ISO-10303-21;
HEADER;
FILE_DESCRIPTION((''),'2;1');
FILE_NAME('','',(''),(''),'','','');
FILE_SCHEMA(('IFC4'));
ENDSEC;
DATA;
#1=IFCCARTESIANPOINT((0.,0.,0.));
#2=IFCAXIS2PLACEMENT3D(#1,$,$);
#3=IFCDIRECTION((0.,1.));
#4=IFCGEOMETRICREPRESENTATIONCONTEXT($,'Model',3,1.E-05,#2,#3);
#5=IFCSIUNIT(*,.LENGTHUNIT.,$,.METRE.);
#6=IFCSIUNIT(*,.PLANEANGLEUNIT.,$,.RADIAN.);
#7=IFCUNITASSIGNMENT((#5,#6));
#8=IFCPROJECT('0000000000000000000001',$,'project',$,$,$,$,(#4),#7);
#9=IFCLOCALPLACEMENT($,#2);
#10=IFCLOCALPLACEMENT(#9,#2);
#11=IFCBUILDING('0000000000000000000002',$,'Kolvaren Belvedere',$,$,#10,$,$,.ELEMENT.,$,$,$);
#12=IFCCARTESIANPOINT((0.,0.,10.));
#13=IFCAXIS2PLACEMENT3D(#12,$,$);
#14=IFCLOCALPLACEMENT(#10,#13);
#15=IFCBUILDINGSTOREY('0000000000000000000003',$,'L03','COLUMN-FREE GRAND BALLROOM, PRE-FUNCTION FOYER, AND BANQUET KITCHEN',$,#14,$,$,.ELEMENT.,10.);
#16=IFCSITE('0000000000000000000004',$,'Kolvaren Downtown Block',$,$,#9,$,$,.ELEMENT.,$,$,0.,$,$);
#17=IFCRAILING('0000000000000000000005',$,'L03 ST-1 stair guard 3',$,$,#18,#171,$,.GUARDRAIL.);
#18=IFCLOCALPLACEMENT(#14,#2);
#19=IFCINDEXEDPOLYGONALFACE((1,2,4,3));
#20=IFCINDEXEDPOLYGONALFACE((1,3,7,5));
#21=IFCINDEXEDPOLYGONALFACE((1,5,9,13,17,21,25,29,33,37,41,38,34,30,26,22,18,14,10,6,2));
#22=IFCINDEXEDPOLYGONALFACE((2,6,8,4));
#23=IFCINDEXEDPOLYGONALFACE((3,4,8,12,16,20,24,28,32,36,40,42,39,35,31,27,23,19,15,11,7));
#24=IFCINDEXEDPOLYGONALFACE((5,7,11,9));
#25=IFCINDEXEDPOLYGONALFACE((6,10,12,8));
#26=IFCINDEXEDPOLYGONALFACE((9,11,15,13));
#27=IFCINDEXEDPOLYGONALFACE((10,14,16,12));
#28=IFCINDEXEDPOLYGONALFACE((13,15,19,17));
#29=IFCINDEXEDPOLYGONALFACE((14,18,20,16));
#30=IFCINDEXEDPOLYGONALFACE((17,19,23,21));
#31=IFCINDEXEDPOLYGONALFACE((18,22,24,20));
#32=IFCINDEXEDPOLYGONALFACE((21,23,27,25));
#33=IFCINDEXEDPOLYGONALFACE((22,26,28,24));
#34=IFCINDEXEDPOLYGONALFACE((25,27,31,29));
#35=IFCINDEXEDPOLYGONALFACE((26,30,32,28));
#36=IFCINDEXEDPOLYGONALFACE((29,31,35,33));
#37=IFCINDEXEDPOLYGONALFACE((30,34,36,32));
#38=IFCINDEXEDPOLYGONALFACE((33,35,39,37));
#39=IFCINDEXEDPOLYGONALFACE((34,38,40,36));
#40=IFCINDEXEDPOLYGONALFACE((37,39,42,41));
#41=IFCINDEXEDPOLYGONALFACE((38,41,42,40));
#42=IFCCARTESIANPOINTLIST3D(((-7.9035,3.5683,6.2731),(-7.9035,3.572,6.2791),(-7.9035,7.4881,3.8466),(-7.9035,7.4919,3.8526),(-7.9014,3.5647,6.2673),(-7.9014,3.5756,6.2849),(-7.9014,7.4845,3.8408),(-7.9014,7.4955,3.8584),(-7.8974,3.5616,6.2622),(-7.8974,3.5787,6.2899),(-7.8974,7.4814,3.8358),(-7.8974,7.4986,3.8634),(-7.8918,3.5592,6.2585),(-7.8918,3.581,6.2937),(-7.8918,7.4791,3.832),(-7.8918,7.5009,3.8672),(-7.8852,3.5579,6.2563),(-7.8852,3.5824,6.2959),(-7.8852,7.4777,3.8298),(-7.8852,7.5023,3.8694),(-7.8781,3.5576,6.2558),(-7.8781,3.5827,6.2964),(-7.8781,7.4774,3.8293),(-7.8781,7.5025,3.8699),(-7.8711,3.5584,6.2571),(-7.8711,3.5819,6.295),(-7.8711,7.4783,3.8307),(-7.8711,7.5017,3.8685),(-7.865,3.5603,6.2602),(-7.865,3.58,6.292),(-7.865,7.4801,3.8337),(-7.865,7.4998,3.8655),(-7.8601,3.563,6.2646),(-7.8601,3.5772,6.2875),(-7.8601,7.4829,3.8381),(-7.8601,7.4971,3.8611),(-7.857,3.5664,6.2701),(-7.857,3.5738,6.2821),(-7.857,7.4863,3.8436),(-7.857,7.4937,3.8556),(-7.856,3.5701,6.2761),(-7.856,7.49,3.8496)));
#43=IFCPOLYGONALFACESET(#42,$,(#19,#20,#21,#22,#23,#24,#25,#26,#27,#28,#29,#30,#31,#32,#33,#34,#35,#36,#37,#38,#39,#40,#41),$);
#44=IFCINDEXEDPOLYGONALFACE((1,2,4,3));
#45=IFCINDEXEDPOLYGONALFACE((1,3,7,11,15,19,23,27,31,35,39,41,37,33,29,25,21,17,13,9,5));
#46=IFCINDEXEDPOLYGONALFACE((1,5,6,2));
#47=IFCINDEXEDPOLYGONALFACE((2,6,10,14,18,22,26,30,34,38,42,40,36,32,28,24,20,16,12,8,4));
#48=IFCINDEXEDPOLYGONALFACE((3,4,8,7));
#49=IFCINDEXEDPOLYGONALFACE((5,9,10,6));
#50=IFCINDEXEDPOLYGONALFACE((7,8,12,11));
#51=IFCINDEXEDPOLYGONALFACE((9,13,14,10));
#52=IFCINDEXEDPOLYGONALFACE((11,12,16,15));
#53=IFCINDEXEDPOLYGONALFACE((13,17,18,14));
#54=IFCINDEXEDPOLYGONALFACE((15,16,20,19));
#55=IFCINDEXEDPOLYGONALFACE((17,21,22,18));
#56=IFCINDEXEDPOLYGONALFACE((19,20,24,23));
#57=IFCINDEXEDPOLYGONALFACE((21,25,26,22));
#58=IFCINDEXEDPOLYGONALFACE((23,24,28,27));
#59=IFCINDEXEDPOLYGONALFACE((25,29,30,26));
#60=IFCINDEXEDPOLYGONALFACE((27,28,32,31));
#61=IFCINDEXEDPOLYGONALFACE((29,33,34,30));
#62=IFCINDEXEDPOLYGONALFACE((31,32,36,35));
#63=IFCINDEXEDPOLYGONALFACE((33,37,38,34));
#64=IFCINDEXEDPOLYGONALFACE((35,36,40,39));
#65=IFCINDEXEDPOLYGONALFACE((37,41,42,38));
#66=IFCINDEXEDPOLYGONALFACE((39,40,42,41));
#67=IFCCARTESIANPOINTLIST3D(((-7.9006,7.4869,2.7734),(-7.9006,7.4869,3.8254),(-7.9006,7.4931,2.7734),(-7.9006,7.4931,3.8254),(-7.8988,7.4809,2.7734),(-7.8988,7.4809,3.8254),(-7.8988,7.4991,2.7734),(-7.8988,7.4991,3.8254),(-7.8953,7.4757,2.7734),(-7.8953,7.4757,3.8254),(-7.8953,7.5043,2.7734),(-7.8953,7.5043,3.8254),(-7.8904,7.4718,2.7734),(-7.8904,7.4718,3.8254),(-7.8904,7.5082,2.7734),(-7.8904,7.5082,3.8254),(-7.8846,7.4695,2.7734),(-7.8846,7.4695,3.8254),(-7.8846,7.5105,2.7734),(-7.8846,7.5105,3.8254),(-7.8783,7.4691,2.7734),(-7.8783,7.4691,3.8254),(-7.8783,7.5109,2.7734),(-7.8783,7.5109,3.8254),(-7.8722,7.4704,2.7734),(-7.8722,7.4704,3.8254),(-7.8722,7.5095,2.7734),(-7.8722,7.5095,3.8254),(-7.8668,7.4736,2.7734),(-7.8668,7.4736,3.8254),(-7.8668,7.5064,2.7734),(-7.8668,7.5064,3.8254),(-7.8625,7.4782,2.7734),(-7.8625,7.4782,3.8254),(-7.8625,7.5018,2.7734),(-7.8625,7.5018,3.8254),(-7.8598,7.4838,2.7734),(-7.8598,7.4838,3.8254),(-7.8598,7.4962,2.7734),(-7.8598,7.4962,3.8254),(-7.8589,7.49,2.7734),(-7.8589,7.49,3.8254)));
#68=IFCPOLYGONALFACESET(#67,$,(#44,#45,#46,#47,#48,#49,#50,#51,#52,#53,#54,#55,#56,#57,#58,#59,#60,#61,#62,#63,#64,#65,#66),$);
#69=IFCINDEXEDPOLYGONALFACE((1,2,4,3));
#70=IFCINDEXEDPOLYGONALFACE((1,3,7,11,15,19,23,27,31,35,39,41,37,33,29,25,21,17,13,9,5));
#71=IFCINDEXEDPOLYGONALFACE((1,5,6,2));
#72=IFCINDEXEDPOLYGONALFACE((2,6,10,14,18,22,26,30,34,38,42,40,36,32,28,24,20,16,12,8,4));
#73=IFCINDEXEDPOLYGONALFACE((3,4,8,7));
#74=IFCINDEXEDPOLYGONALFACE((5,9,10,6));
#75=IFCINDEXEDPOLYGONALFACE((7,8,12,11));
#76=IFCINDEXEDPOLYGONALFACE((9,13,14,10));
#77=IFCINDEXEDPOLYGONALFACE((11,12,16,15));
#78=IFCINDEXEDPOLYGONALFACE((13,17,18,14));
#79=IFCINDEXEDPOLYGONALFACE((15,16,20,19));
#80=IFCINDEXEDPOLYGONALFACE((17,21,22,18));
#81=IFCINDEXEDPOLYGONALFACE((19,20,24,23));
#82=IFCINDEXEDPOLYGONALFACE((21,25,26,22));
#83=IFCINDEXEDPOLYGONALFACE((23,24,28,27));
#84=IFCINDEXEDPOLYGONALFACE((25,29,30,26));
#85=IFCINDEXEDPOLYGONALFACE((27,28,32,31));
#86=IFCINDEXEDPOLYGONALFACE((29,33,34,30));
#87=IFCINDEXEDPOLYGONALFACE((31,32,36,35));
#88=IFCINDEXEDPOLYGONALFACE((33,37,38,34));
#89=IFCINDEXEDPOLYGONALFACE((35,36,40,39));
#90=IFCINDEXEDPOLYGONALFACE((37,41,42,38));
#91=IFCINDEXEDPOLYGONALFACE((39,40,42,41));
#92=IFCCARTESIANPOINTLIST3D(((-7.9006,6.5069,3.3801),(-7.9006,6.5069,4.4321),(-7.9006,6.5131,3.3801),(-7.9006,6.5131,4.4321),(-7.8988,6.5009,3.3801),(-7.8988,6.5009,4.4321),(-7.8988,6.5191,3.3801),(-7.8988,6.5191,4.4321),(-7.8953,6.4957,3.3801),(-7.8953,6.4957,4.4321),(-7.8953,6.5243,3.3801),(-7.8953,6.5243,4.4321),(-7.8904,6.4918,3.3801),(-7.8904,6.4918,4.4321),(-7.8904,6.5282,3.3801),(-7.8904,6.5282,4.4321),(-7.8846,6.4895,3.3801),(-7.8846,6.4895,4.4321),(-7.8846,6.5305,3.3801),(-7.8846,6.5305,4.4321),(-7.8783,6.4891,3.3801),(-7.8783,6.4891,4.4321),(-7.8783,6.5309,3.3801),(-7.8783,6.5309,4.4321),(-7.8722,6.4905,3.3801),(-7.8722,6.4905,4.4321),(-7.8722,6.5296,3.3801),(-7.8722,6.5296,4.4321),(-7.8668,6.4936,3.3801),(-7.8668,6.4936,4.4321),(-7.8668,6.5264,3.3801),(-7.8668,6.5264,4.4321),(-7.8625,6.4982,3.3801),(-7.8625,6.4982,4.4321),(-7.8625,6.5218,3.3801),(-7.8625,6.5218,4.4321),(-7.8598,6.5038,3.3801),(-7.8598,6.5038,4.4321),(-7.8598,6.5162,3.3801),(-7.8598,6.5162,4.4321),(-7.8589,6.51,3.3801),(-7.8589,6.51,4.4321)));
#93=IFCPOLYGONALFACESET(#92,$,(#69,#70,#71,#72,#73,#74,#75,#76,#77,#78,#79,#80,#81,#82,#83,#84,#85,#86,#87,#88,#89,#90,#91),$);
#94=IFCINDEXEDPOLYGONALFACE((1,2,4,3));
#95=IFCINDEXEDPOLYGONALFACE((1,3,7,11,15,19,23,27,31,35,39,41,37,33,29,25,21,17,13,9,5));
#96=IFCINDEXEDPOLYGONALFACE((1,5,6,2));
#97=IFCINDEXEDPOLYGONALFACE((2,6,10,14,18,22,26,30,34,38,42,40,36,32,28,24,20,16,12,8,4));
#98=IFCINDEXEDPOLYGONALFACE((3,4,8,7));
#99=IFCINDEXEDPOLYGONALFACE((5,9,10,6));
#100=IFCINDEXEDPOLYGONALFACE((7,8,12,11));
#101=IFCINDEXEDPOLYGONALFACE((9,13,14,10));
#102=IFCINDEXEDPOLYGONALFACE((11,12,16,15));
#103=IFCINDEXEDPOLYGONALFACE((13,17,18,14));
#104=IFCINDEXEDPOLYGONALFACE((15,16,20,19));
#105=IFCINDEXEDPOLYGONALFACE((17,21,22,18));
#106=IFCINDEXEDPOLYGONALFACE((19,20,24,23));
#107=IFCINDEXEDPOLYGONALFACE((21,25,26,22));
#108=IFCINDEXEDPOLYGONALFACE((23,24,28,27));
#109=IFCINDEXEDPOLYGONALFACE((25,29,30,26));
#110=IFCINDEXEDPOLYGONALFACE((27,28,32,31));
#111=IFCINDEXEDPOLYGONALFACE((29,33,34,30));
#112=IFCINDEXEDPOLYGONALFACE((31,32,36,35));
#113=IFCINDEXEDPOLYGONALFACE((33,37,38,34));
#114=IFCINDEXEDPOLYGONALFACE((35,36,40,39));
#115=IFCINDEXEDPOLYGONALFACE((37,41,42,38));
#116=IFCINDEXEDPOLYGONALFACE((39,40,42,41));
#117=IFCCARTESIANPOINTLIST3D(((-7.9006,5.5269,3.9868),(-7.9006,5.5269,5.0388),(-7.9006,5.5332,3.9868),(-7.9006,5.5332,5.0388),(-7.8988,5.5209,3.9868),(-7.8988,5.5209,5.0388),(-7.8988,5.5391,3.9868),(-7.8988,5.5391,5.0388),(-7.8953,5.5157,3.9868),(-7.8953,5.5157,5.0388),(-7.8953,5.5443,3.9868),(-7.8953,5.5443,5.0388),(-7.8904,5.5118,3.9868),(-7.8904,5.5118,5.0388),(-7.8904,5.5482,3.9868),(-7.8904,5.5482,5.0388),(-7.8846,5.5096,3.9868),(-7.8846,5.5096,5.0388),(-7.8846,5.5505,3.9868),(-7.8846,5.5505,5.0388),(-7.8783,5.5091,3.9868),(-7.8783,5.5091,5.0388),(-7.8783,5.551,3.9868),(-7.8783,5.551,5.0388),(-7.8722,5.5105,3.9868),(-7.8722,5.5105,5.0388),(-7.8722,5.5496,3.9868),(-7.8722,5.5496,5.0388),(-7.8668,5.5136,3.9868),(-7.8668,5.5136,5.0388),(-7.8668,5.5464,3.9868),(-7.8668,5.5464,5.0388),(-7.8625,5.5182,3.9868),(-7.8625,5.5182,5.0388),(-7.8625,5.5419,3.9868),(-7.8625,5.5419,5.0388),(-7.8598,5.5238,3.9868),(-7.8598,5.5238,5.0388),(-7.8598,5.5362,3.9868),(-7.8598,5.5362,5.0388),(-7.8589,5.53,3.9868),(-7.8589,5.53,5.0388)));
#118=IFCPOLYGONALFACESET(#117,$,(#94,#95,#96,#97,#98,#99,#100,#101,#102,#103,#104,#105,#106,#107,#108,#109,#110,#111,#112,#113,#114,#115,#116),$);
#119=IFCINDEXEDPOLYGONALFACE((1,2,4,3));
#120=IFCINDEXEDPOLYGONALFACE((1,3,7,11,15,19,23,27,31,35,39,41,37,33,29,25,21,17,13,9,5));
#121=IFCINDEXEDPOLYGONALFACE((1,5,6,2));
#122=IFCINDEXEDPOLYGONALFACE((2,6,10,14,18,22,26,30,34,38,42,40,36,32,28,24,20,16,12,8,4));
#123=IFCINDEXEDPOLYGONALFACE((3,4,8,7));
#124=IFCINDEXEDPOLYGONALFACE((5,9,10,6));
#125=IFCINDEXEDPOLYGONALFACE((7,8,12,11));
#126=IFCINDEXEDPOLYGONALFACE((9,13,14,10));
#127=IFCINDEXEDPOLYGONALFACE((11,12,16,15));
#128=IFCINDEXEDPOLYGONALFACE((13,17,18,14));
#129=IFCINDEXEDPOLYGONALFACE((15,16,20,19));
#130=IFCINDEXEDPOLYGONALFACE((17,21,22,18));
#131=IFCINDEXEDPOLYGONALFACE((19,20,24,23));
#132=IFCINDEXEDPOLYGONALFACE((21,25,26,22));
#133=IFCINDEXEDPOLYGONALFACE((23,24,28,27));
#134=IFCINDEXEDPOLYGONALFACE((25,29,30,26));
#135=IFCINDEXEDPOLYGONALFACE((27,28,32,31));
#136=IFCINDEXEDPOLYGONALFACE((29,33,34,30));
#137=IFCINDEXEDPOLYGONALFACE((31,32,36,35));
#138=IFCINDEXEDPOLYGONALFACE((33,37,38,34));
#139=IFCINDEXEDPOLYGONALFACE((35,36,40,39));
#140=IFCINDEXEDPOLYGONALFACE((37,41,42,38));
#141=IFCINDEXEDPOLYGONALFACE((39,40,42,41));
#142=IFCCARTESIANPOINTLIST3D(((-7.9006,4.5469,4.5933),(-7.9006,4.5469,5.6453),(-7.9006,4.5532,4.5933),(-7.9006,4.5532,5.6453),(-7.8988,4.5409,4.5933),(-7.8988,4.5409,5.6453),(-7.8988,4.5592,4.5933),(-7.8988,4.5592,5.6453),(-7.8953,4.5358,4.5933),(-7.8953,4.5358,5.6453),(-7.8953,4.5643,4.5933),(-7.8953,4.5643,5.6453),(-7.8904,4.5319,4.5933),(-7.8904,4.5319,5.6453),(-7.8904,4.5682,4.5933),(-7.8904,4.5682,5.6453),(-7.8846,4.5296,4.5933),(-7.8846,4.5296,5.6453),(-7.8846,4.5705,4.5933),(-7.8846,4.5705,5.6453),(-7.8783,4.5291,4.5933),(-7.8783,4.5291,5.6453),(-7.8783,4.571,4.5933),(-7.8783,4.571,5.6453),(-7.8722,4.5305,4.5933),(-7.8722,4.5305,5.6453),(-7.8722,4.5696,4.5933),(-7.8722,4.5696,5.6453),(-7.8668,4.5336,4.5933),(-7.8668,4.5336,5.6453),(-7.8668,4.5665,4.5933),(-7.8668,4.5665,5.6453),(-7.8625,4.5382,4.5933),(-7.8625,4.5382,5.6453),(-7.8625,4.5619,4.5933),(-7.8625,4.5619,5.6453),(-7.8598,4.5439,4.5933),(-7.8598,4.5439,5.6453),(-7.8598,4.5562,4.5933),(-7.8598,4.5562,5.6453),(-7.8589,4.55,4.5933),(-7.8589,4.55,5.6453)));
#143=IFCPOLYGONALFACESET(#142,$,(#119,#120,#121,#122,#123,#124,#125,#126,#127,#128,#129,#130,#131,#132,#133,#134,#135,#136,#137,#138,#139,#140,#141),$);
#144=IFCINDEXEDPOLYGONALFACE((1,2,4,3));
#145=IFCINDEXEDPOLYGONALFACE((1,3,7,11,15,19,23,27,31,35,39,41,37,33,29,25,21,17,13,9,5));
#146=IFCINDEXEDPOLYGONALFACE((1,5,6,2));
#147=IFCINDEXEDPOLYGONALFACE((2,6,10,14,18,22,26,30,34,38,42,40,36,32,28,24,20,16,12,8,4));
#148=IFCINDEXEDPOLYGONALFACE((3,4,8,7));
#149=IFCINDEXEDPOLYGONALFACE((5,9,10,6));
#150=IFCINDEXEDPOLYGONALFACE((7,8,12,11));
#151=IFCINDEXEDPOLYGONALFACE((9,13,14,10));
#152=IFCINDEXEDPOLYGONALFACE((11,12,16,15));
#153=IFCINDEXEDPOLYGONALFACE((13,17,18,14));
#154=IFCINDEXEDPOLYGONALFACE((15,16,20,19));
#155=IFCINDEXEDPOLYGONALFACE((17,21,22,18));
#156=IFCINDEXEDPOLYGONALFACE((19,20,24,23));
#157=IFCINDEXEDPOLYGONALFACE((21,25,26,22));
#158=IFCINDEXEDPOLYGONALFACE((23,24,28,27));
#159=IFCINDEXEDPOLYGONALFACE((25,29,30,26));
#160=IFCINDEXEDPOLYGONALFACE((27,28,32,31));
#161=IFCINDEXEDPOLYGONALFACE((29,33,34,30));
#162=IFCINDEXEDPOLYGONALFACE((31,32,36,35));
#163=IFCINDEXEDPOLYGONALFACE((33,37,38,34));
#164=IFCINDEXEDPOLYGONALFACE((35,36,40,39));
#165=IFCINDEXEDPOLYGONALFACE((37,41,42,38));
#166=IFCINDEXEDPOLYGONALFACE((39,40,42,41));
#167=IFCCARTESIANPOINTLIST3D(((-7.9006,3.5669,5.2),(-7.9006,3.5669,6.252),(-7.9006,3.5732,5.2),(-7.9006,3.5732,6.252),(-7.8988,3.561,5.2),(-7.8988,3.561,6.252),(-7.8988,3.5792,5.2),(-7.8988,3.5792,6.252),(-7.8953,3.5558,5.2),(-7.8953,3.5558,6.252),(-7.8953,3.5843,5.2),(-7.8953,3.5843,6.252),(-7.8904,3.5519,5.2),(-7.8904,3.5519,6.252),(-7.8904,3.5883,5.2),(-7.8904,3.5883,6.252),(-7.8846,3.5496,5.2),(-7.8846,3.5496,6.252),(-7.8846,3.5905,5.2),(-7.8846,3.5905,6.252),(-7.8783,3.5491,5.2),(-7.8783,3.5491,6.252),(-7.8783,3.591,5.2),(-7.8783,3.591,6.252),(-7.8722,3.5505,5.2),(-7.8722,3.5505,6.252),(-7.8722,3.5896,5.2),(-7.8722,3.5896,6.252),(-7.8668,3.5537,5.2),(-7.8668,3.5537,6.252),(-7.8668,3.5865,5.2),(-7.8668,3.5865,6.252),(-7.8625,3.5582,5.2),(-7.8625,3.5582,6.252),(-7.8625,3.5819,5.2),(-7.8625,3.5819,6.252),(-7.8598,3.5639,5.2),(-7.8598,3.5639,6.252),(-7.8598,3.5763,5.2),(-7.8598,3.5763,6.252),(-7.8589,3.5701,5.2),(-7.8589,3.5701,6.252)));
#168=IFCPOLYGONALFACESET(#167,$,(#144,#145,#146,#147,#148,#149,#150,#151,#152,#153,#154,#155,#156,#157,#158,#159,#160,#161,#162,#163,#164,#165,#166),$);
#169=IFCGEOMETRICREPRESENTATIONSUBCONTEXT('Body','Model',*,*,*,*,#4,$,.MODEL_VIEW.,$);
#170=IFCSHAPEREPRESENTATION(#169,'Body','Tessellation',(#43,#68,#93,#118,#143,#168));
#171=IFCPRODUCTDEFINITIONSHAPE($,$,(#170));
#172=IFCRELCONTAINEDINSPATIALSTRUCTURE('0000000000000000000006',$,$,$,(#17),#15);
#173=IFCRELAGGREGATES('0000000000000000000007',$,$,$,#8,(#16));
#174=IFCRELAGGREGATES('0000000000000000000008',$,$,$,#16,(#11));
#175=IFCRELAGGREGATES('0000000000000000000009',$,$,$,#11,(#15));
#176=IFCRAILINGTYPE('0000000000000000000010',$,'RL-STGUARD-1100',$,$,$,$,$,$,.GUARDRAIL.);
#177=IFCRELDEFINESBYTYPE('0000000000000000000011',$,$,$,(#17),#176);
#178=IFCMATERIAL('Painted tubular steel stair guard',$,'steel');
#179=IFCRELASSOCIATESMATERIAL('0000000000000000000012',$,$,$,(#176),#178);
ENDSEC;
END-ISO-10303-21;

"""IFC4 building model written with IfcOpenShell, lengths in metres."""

from ifc_helpers import new_model, si_unit, direction, frame, origin, origin_2d, place, context, subcontext, project, spatial, circle, extrude, material, type_object, element, save


model = new_model("IFC4")

# Units and contexts
model_context = context("Model", 3, precision=1e-05, world=origin(), true_north=direction((0.0, 1.0)))
body_context = subcontext(model_context, "Body", "Model", "MODEL_VIEW")
ifc_project = project(units=[si_unit("LENGTHUNIT", "METRE"), si_unit("PLANEANGLEUNIT", "RADIAN")], contexts=[model_context])

# Site, building, storey
site_placement = place(None, origin())
site = spatial("IfcSite", under=ifc_project, at=site_placement, Name="Kolvaren Downtown Block", CompositionType="ELEMENT", RefElevation=0.0)
building_placement = place(site_placement, origin())
building = spatial("IfcBuilding", under=site, at=building_placement, Name="Kolvaren Belvedere", CompositionType="ELEMENT")
storey_placement = place(building_placement, frame((0.0, 0.0, 10.0)))
storey = spatial("IfcBuildingStorey", under=building, at=storey_placement, Name="L03", Description="COLUMN-FREE GRAND BALLROOM, PRE-FUNCTION FOYER, AND BANQUET KITCHEN", CompositionType="ELEMENT", Elevation=10.0)

# Railing
ifc_material_1 = material(Name="Painted tubular steel stair guard", Category="steel")
railing_type_1 = type_object("IfcRailingType", Name="RL-STGUARD-1100", PredefinedType="GUARDRAIL", material=ifc_material_1)
railing_1_placement = place(storey_placement, frame((-7.8799, 7.49, 2.7734)))
element("IfcRailing", 1, at=railing_1_placement, inside=storey, type_object=railing_type_1, Name="L03 ST-1 stair guard 3", PredefinedType="GUARDRAIL", context=body_context, shape_type="SweptSolid", body=[
    extrude(circle(Radius=0.0239, at=origin_2d()), frame((0.0, 0.0, 1.0762), z_axis=(0.0, -0.850275, 0.526338), x_axis=(1.0, 0.0, 0.0)), (0.0, 0.0, 1.0), 4.6101),
    extrude(circle(Radius=0.021, at=origin_2d()), origin(), (0.0, 0.0, 1.0), 1.052),
    extrude(circle(Radius=0.021, at=origin_2d()), frame((0.0, -0.98, 0.6067)), (0.0, 0.0, 1.0), 1.052),
    extrude(circle(Radius=0.021, at=origin_2d()), frame((0.0, -1.96, 1.2134)), (0.0, 0.0, 1.0), 1.052),
    extrude(circle(Radius=0.021, at=origin_2d()), frame((0.0, -2.9399, 1.8198)), (0.0, 0.0, 1.0), 1.052),
    extrude(circle(Radius=0.021, at=origin_2d()), frame((0.0, -3.9199, 2.4265)), (0.0, 0.0, 1.0), 1.052),
])

save(model, "model.ifc")
